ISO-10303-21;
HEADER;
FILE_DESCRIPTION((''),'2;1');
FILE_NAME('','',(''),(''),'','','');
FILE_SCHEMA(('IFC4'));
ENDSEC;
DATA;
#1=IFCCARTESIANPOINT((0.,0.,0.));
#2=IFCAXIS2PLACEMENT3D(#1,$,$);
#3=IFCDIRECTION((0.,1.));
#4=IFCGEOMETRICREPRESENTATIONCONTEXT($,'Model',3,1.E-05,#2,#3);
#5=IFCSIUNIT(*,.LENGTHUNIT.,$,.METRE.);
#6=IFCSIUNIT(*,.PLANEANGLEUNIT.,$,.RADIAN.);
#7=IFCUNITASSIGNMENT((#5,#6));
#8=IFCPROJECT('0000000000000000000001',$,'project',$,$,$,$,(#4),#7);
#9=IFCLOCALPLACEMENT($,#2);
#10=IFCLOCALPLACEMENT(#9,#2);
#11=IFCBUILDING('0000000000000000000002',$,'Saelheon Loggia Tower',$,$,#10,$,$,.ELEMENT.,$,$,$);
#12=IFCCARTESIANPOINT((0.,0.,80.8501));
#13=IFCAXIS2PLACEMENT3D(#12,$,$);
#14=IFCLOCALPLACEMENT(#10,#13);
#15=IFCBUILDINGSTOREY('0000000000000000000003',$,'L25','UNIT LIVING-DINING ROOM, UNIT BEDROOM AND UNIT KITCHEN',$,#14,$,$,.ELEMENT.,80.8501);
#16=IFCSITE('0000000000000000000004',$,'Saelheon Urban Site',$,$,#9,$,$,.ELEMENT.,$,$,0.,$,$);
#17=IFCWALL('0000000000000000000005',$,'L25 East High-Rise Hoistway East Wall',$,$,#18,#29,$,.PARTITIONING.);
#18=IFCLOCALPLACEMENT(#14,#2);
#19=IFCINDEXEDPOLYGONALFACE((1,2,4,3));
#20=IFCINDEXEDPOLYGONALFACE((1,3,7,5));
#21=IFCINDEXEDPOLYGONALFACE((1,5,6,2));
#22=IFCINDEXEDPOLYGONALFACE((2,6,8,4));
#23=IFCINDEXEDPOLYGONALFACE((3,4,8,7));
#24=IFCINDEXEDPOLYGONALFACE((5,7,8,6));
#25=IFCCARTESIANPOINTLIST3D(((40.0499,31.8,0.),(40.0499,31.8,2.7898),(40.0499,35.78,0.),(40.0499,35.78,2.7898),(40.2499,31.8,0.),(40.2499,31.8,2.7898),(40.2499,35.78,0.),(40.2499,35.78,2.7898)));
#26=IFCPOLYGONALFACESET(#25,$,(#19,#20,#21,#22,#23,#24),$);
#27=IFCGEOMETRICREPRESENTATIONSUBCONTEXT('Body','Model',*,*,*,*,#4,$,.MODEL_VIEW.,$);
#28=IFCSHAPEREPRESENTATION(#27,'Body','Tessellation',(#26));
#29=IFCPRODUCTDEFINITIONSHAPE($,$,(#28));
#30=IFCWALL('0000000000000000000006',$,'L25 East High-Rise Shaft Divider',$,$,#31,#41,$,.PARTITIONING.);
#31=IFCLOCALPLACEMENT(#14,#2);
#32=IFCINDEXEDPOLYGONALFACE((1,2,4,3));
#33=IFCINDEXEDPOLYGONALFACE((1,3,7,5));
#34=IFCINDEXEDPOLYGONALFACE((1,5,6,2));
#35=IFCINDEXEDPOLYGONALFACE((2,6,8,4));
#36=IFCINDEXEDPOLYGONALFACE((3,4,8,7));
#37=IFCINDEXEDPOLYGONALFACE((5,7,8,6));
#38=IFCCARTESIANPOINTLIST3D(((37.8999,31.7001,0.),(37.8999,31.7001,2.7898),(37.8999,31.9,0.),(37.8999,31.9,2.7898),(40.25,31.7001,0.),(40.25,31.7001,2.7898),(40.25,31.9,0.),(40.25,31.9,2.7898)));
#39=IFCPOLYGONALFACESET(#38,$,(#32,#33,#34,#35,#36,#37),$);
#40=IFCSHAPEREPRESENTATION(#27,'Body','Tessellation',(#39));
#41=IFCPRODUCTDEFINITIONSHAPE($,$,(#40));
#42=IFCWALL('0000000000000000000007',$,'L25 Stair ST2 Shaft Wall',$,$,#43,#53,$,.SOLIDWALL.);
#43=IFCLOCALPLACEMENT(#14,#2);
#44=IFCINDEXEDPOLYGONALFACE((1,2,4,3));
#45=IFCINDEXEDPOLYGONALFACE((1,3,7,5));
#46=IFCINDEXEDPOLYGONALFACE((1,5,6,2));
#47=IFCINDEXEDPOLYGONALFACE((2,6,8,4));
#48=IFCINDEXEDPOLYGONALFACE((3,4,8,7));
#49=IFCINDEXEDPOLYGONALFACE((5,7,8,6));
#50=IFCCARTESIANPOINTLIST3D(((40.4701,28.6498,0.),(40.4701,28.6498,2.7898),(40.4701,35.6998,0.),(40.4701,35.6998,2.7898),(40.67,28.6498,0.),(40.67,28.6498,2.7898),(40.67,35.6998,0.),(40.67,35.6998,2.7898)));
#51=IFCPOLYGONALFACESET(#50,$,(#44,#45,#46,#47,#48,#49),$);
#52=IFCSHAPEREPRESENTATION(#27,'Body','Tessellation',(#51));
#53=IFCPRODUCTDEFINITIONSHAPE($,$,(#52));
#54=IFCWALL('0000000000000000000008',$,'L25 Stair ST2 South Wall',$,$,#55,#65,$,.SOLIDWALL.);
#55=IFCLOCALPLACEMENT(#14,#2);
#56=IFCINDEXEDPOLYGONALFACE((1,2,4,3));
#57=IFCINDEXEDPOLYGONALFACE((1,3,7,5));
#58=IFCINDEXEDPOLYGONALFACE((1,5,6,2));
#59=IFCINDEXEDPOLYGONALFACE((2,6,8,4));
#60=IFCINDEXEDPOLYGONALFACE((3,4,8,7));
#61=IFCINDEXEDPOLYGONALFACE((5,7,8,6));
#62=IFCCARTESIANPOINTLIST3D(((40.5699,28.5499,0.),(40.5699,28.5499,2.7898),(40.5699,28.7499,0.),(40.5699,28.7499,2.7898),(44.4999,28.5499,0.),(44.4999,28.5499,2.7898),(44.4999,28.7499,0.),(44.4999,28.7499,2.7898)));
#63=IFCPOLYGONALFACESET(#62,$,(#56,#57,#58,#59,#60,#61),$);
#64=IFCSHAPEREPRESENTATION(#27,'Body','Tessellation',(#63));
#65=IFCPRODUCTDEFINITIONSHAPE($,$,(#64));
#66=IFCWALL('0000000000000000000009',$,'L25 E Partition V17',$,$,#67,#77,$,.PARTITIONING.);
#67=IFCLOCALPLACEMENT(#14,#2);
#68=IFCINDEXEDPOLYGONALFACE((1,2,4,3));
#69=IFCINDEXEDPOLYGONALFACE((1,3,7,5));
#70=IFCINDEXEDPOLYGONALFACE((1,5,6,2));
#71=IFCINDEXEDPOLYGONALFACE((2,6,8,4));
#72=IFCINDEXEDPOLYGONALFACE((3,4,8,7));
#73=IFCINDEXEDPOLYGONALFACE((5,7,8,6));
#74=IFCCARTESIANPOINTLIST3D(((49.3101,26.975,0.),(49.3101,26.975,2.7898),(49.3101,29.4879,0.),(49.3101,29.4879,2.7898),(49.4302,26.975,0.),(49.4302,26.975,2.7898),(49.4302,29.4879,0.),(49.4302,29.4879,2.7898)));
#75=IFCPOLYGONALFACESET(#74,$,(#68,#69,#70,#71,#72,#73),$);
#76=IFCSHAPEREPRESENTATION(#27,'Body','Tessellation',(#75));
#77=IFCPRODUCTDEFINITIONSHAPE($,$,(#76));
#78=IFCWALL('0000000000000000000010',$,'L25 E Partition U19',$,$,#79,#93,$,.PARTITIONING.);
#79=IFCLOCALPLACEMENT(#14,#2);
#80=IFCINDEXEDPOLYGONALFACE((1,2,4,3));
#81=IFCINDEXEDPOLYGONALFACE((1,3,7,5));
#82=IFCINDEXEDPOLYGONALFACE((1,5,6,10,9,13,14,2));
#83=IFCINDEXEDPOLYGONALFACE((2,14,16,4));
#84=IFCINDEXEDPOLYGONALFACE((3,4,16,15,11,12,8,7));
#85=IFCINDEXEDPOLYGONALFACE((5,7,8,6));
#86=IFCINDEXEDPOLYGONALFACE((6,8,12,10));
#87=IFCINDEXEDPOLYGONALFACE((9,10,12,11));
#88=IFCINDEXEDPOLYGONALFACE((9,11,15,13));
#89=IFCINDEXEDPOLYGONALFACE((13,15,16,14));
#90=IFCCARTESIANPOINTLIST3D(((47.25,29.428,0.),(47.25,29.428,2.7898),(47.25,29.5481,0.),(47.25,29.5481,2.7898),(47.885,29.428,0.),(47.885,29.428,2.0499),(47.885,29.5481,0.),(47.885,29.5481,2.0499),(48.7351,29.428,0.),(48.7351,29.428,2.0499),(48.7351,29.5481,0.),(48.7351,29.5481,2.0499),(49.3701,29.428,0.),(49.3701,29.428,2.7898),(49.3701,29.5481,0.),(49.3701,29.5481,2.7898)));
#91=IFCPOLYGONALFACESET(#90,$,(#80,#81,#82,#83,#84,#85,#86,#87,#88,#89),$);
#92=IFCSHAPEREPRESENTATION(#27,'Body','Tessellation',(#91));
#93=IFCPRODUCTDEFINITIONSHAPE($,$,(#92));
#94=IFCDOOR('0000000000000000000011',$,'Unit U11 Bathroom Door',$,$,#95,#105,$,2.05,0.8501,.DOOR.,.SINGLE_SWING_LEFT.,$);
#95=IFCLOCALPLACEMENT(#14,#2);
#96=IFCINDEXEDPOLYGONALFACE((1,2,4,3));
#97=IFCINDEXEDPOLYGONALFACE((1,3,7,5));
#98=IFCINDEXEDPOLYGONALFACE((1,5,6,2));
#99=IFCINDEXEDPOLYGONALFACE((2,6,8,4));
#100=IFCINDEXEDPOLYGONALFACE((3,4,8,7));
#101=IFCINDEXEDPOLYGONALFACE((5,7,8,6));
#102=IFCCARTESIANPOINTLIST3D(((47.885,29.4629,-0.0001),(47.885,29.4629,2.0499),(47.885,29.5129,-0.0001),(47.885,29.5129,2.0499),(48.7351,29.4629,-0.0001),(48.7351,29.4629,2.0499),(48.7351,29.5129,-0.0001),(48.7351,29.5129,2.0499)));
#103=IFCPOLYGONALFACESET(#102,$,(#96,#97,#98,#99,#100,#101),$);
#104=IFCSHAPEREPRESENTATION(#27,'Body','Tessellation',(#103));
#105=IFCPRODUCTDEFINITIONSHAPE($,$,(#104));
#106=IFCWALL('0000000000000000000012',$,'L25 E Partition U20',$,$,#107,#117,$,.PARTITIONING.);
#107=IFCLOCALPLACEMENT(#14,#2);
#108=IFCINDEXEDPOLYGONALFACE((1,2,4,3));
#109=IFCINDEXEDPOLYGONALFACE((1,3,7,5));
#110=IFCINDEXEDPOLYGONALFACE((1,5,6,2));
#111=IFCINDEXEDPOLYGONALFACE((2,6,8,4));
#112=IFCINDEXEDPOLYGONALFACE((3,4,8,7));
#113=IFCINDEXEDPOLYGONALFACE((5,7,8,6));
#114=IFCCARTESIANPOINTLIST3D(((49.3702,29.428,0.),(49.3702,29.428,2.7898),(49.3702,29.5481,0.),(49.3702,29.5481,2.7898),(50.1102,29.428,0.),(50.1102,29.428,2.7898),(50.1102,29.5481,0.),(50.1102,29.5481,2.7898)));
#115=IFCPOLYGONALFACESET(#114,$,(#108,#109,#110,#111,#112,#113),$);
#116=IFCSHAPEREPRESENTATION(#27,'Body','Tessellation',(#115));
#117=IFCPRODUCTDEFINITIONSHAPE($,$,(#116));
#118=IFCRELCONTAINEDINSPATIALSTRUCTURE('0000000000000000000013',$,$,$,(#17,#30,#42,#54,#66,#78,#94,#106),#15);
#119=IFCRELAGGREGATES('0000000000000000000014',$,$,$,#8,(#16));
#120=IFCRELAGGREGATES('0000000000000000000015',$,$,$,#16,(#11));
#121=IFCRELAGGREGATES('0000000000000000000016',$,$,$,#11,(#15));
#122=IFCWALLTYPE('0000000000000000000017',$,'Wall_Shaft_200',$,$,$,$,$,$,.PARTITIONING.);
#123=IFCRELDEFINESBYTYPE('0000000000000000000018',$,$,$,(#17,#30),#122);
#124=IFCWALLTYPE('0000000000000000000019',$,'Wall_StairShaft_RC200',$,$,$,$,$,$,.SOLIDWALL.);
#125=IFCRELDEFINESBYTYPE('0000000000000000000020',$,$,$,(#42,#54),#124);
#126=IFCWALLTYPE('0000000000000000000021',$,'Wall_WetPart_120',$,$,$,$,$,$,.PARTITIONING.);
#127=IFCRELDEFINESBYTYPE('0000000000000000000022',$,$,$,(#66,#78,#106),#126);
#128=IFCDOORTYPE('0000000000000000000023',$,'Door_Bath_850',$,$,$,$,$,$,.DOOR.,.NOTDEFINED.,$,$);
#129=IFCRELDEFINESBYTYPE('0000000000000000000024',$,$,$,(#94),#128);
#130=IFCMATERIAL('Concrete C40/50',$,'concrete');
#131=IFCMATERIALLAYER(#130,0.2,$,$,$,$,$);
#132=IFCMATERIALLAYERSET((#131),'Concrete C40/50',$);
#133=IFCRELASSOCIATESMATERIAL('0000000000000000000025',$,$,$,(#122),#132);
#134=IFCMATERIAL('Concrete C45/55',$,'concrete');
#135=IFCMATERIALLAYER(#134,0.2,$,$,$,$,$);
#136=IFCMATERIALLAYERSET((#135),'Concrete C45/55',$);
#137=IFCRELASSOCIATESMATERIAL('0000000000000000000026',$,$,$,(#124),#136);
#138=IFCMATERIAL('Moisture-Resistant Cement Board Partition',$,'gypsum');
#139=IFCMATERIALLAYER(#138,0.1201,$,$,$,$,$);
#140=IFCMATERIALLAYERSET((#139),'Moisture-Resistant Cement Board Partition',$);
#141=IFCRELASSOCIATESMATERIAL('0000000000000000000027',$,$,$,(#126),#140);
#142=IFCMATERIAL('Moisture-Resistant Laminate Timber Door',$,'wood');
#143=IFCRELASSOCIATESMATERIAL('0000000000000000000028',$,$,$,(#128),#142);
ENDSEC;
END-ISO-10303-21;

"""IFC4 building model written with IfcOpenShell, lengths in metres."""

from ifc_helpers import new_model, si_unit, direction, frame, frame_2d, origin, place, context, subcontext, project, spatial, rectangle, extrude, source, transform, mapped, material, layer, layer_set, type_object, element, fill, save


model = new_model("IFC4")

# Units and contexts
model_context = context("Model", 3, precision=1e-05, world=origin(), true_north=direction((0.0, 1.0)))
body_context = subcontext(model_context, "Body", "Model", "MODEL_VIEW")
ifc_project = project(units=[si_unit("LENGTHUNIT", "METRE"), si_unit("PLANEANGLEUNIT", "RADIAN")], contexts=[model_context])

# Site, building, storey
site_placement = place(None, origin())
site = spatial("IfcSite", under=ifc_project, at=site_placement, Name="Saelheon Urban Site", CompositionType="ELEMENT", RefElevation=0.0)
building_placement = place(site_placement, origin())
building = spatial("IfcBuilding", under=site, at=building_placement, Name="Saelheon Loggia Tower", CompositionType="ELEMENT")
storey_placement = place(building_placement, frame((0.0, 0.0, 80.8501)))
storey = spatial("IfcBuildingStorey", under=building, at=storey_placement, Name="L25", Description="UNIT LIVING-DINING ROOM, UNIT BEDROOM AND UNIT KITCHEN", CompositionType="ELEMENT", Elevation=80.8501)

# Shared definitions
ifc_material_1 = material(Name="Concrete C40/50", Category="concrete")
ifc_layer_1 = layer(ifc_material_1, 0.2)
ifc_layer_set_1 = layer_set([ifc_layer_1], Name="Concrete C40/50")
wall_type_1 = type_object("IfcWallType", Name="Wall_Shaft_200", PredefinedType="PARTITIONING", material=ifc_layer_set_1)

# Walls
wall_1_placement = place(storey_placement, frame((40.1499, 31.8, 0.0), z_axis=(0.0, 0.0, 1.0), x_axis=(0.0, 1.0, 0.0)))
element("IfcWall", 1, at=wall_1_placement, inside=storey, type_object=wall_type_1, Name="L25 East High-Rise Hoistway East Wall", PredefinedType="PARTITIONING", context=body_context, shape_type="SweptSolid", body=[
    extrude(rectangle(XDim=3.98, YDim=0.2, at=frame_2d((1.99, 0.0))), origin(), (0.0, 0.0, 1.0), 2.7898),
])
wall_2_placement = place(storey_placement, frame((37.8999, 31.8, 0.0), z_axis=(0.0, 0.0, 1.0), x_axis=(1.0, 0.0, 0.0)))
element("IfcWall", 2, at=wall_2_placement, inside=storey, type_object=wall_type_1, Name="L25 East High-Rise Shaft Divider", PredefinedType="PARTITIONING", context=body_context, shape_type="SweptSolid", body=[
    extrude(rectangle(XDim=2.3501, YDim=0.2, at=frame_2d((1.175, 0.0))), origin(), (0.0, 0.0, 1.0), 2.7898),
])
ifc_material_2 = material(Name="Concrete C45/55", Category="concrete")
ifc_layer_2 = layer(ifc_material_2, 0.2)
ifc_layer_set_2 = layer_set([ifc_layer_2], Name="Concrete C45/55")
wall_type_2 = type_object("IfcWallType", Name="Wall_StairShaft_RC200", PredefinedType="SOLIDWALL", material=ifc_layer_set_2)
wall_3_placement = place(storey_placement, frame((40.5701, 28.6499, 0.0), z_axis=(0.0, 0.0, 1.0), x_axis=(0.0, 1.0, 0.0)))
element("IfcWall", 3, at=wall_3_placement, inside=storey, type_object=wall_type_2, Name="L25 Stair ST2 Shaft Wall", PredefinedType="SOLIDWALL", context=body_context, shape_type="SweptSolid", body=[
    extrude(rectangle(XDim=7.05, YDim=0.2, at=frame_2d((3.5249, 0.0))), origin(), (0.0, 0.0, 1.0), 2.7898),
])
wall_4_placement = place(storey_placement, frame((40.5701, 28.6499, 0.0), z_axis=(0.0, 0.0, 1.0), x_axis=(1.0, 0.0, 0.0)))
element("IfcWall", 4, at=wall_4_placement, inside=storey, type_object=wall_type_2, Name="L25 Stair ST2 South Wall", PredefinedType="SOLIDWALL", context=body_context, shape_type="SweptSolid", body=[
    extrude(rectangle(XDim=3.9299, YDim=0.2, at=frame_2d((1.9648, 0.0))), origin(), (0.0, 0.0, 1.0), 2.7898),
])
ifc_material_3 = material(Name="Moisture-Resistant Cement Board Partition", Category="gypsum")
ifc_layer_3 = layer(ifc_material_3, 0.1201)
ifc_layer_set_3 = layer_set([ifc_layer_3], Name="Moisture-Resistant Cement Board Partition")
wall_type_3 = type_object("IfcWallType", Name="Wall_WetPart_120", PredefinedType="PARTITIONING", material=ifc_layer_set_3)
wall_5_placement = place(storey_placement, frame((49.3701, 26.9751, 0.0), z_axis=(0.0, 0.0, 1.0), x_axis=(0.0, 1.0, 0.0)))
element("IfcWall", 5, at=wall_5_placement, inside=storey, type_object=wall_type_3, Name="L25 E Partition V17", PredefinedType="PARTITIONING", context=body_context, shape_type="SweptSolid", body=[
    extrude(rectangle(XDim=2.5129, YDim=0.1201, at=frame_2d((1.2563, 0.0))), origin(), (0.0, 0.0, 1.0), 2.7898),
])

# Wall, opening, door
wall_6_placement = place(storey_placement, frame((47.25, 29.488, 0.0), z_axis=(0.0, 0.0, 1.0), x_axis=(1.0, 0.0, 0.0)))
wall_6 = element("IfcWall", 6, at=wall_6_placement, inside=storey, type_object=wall_type_3, Name="L25 E Partition U19", PredefinedType="PARTITIONING", context=body_context, shape_type="SweptSolid", body=[
    extrude(rectangle(XDim=2.1201, YDim=0.1201, at=frame_2d((1.0601, 0.0))), origin(), (0.0, 0.0, 1.0), 2.7898),
])
opening_1_placement = place(wall_6_placement, frame((0.635, 0.0, 0.0)))
opening_1 = element("IfcOpeningElement", 7, at=opening_1_placement, cuts=wall_6, PredefinedType="OPENING", context=body_context, shape_type="SweptSolid", body=[
    extrude(rectangle(XDim=0.8501, YDim=2.05, at=frame_2d((0.425, 1.0249))), frame((0.0, 0.072, 0.0), z_axis=(0.0, -1.0, 0.0), x_axis=(1.0, 0.0, 0.0)), (0.0, 0.0, 1.0), 0.144),
])
ifc_material_4 = material(Name="Moisture-Resistant Laminate Timber Door", Category="wood")
door_type_1 = type_object("IfcDoorType", Name="Door_Bath_850", OperationType="NOTDEFINED", PredefinedType="DOOR", material=ifc_material_4)
shared_shape_1 = source(origin(), body_context, "Body", "SweptSolid", [
    extrude(rectangle(XDim=0.8501, YDim=2.05, at=frame_2d((0.425, 1.0249))), frame((0.0, 0.0249, 0.0), z_axis=(0.0, -1.0, 0.0), x_axis=(1.0, 0.0, 0.0)), (0.0, 0.0, 1.0), 0.05),
])
door_1_placement = place(opening_1_placement, origin())
door_1 = element("IfcDoor", 8, at=door_1_placement, inside=storey, type_object=door_type_1, Name="Unit U11 Bathroom Door", OperationType="SINGLE_SWING_LEFT", OverallHeight=2.05, OverallWidth=0.8501, PredefinedType="DOOR", context=body_context, shape_type="MappedRepresentation", body=[
    mapped(shared_shape_1, transform((0.0, 0.0, 0.0), scale=1.0)),
])
fill(opening_1, door_1)

# Wall
wall_7_placement = place(storey_placement, frame((49.3701, 29.488, 0.0), z_axis=(0.0, 0.0, 1.0), x_axis=(1.0, 0.0, 0.0)))
element("IfcWall", 9, at=wall_7_placement, inside=storey, type_object=wall_type_3, Name="L25 E Partition U20", PredefinedType="PARTITIONING", context=body_context, shape_type="SweptSolid", body=[
    extrude(rectangle(XDim=0.74, YDim=0.1201, at=frame_2d((0.3701, 0.0))), origin(), (0.0, 0.0, 1.0), 2.7898),
])

save(model, "model.ifc")
